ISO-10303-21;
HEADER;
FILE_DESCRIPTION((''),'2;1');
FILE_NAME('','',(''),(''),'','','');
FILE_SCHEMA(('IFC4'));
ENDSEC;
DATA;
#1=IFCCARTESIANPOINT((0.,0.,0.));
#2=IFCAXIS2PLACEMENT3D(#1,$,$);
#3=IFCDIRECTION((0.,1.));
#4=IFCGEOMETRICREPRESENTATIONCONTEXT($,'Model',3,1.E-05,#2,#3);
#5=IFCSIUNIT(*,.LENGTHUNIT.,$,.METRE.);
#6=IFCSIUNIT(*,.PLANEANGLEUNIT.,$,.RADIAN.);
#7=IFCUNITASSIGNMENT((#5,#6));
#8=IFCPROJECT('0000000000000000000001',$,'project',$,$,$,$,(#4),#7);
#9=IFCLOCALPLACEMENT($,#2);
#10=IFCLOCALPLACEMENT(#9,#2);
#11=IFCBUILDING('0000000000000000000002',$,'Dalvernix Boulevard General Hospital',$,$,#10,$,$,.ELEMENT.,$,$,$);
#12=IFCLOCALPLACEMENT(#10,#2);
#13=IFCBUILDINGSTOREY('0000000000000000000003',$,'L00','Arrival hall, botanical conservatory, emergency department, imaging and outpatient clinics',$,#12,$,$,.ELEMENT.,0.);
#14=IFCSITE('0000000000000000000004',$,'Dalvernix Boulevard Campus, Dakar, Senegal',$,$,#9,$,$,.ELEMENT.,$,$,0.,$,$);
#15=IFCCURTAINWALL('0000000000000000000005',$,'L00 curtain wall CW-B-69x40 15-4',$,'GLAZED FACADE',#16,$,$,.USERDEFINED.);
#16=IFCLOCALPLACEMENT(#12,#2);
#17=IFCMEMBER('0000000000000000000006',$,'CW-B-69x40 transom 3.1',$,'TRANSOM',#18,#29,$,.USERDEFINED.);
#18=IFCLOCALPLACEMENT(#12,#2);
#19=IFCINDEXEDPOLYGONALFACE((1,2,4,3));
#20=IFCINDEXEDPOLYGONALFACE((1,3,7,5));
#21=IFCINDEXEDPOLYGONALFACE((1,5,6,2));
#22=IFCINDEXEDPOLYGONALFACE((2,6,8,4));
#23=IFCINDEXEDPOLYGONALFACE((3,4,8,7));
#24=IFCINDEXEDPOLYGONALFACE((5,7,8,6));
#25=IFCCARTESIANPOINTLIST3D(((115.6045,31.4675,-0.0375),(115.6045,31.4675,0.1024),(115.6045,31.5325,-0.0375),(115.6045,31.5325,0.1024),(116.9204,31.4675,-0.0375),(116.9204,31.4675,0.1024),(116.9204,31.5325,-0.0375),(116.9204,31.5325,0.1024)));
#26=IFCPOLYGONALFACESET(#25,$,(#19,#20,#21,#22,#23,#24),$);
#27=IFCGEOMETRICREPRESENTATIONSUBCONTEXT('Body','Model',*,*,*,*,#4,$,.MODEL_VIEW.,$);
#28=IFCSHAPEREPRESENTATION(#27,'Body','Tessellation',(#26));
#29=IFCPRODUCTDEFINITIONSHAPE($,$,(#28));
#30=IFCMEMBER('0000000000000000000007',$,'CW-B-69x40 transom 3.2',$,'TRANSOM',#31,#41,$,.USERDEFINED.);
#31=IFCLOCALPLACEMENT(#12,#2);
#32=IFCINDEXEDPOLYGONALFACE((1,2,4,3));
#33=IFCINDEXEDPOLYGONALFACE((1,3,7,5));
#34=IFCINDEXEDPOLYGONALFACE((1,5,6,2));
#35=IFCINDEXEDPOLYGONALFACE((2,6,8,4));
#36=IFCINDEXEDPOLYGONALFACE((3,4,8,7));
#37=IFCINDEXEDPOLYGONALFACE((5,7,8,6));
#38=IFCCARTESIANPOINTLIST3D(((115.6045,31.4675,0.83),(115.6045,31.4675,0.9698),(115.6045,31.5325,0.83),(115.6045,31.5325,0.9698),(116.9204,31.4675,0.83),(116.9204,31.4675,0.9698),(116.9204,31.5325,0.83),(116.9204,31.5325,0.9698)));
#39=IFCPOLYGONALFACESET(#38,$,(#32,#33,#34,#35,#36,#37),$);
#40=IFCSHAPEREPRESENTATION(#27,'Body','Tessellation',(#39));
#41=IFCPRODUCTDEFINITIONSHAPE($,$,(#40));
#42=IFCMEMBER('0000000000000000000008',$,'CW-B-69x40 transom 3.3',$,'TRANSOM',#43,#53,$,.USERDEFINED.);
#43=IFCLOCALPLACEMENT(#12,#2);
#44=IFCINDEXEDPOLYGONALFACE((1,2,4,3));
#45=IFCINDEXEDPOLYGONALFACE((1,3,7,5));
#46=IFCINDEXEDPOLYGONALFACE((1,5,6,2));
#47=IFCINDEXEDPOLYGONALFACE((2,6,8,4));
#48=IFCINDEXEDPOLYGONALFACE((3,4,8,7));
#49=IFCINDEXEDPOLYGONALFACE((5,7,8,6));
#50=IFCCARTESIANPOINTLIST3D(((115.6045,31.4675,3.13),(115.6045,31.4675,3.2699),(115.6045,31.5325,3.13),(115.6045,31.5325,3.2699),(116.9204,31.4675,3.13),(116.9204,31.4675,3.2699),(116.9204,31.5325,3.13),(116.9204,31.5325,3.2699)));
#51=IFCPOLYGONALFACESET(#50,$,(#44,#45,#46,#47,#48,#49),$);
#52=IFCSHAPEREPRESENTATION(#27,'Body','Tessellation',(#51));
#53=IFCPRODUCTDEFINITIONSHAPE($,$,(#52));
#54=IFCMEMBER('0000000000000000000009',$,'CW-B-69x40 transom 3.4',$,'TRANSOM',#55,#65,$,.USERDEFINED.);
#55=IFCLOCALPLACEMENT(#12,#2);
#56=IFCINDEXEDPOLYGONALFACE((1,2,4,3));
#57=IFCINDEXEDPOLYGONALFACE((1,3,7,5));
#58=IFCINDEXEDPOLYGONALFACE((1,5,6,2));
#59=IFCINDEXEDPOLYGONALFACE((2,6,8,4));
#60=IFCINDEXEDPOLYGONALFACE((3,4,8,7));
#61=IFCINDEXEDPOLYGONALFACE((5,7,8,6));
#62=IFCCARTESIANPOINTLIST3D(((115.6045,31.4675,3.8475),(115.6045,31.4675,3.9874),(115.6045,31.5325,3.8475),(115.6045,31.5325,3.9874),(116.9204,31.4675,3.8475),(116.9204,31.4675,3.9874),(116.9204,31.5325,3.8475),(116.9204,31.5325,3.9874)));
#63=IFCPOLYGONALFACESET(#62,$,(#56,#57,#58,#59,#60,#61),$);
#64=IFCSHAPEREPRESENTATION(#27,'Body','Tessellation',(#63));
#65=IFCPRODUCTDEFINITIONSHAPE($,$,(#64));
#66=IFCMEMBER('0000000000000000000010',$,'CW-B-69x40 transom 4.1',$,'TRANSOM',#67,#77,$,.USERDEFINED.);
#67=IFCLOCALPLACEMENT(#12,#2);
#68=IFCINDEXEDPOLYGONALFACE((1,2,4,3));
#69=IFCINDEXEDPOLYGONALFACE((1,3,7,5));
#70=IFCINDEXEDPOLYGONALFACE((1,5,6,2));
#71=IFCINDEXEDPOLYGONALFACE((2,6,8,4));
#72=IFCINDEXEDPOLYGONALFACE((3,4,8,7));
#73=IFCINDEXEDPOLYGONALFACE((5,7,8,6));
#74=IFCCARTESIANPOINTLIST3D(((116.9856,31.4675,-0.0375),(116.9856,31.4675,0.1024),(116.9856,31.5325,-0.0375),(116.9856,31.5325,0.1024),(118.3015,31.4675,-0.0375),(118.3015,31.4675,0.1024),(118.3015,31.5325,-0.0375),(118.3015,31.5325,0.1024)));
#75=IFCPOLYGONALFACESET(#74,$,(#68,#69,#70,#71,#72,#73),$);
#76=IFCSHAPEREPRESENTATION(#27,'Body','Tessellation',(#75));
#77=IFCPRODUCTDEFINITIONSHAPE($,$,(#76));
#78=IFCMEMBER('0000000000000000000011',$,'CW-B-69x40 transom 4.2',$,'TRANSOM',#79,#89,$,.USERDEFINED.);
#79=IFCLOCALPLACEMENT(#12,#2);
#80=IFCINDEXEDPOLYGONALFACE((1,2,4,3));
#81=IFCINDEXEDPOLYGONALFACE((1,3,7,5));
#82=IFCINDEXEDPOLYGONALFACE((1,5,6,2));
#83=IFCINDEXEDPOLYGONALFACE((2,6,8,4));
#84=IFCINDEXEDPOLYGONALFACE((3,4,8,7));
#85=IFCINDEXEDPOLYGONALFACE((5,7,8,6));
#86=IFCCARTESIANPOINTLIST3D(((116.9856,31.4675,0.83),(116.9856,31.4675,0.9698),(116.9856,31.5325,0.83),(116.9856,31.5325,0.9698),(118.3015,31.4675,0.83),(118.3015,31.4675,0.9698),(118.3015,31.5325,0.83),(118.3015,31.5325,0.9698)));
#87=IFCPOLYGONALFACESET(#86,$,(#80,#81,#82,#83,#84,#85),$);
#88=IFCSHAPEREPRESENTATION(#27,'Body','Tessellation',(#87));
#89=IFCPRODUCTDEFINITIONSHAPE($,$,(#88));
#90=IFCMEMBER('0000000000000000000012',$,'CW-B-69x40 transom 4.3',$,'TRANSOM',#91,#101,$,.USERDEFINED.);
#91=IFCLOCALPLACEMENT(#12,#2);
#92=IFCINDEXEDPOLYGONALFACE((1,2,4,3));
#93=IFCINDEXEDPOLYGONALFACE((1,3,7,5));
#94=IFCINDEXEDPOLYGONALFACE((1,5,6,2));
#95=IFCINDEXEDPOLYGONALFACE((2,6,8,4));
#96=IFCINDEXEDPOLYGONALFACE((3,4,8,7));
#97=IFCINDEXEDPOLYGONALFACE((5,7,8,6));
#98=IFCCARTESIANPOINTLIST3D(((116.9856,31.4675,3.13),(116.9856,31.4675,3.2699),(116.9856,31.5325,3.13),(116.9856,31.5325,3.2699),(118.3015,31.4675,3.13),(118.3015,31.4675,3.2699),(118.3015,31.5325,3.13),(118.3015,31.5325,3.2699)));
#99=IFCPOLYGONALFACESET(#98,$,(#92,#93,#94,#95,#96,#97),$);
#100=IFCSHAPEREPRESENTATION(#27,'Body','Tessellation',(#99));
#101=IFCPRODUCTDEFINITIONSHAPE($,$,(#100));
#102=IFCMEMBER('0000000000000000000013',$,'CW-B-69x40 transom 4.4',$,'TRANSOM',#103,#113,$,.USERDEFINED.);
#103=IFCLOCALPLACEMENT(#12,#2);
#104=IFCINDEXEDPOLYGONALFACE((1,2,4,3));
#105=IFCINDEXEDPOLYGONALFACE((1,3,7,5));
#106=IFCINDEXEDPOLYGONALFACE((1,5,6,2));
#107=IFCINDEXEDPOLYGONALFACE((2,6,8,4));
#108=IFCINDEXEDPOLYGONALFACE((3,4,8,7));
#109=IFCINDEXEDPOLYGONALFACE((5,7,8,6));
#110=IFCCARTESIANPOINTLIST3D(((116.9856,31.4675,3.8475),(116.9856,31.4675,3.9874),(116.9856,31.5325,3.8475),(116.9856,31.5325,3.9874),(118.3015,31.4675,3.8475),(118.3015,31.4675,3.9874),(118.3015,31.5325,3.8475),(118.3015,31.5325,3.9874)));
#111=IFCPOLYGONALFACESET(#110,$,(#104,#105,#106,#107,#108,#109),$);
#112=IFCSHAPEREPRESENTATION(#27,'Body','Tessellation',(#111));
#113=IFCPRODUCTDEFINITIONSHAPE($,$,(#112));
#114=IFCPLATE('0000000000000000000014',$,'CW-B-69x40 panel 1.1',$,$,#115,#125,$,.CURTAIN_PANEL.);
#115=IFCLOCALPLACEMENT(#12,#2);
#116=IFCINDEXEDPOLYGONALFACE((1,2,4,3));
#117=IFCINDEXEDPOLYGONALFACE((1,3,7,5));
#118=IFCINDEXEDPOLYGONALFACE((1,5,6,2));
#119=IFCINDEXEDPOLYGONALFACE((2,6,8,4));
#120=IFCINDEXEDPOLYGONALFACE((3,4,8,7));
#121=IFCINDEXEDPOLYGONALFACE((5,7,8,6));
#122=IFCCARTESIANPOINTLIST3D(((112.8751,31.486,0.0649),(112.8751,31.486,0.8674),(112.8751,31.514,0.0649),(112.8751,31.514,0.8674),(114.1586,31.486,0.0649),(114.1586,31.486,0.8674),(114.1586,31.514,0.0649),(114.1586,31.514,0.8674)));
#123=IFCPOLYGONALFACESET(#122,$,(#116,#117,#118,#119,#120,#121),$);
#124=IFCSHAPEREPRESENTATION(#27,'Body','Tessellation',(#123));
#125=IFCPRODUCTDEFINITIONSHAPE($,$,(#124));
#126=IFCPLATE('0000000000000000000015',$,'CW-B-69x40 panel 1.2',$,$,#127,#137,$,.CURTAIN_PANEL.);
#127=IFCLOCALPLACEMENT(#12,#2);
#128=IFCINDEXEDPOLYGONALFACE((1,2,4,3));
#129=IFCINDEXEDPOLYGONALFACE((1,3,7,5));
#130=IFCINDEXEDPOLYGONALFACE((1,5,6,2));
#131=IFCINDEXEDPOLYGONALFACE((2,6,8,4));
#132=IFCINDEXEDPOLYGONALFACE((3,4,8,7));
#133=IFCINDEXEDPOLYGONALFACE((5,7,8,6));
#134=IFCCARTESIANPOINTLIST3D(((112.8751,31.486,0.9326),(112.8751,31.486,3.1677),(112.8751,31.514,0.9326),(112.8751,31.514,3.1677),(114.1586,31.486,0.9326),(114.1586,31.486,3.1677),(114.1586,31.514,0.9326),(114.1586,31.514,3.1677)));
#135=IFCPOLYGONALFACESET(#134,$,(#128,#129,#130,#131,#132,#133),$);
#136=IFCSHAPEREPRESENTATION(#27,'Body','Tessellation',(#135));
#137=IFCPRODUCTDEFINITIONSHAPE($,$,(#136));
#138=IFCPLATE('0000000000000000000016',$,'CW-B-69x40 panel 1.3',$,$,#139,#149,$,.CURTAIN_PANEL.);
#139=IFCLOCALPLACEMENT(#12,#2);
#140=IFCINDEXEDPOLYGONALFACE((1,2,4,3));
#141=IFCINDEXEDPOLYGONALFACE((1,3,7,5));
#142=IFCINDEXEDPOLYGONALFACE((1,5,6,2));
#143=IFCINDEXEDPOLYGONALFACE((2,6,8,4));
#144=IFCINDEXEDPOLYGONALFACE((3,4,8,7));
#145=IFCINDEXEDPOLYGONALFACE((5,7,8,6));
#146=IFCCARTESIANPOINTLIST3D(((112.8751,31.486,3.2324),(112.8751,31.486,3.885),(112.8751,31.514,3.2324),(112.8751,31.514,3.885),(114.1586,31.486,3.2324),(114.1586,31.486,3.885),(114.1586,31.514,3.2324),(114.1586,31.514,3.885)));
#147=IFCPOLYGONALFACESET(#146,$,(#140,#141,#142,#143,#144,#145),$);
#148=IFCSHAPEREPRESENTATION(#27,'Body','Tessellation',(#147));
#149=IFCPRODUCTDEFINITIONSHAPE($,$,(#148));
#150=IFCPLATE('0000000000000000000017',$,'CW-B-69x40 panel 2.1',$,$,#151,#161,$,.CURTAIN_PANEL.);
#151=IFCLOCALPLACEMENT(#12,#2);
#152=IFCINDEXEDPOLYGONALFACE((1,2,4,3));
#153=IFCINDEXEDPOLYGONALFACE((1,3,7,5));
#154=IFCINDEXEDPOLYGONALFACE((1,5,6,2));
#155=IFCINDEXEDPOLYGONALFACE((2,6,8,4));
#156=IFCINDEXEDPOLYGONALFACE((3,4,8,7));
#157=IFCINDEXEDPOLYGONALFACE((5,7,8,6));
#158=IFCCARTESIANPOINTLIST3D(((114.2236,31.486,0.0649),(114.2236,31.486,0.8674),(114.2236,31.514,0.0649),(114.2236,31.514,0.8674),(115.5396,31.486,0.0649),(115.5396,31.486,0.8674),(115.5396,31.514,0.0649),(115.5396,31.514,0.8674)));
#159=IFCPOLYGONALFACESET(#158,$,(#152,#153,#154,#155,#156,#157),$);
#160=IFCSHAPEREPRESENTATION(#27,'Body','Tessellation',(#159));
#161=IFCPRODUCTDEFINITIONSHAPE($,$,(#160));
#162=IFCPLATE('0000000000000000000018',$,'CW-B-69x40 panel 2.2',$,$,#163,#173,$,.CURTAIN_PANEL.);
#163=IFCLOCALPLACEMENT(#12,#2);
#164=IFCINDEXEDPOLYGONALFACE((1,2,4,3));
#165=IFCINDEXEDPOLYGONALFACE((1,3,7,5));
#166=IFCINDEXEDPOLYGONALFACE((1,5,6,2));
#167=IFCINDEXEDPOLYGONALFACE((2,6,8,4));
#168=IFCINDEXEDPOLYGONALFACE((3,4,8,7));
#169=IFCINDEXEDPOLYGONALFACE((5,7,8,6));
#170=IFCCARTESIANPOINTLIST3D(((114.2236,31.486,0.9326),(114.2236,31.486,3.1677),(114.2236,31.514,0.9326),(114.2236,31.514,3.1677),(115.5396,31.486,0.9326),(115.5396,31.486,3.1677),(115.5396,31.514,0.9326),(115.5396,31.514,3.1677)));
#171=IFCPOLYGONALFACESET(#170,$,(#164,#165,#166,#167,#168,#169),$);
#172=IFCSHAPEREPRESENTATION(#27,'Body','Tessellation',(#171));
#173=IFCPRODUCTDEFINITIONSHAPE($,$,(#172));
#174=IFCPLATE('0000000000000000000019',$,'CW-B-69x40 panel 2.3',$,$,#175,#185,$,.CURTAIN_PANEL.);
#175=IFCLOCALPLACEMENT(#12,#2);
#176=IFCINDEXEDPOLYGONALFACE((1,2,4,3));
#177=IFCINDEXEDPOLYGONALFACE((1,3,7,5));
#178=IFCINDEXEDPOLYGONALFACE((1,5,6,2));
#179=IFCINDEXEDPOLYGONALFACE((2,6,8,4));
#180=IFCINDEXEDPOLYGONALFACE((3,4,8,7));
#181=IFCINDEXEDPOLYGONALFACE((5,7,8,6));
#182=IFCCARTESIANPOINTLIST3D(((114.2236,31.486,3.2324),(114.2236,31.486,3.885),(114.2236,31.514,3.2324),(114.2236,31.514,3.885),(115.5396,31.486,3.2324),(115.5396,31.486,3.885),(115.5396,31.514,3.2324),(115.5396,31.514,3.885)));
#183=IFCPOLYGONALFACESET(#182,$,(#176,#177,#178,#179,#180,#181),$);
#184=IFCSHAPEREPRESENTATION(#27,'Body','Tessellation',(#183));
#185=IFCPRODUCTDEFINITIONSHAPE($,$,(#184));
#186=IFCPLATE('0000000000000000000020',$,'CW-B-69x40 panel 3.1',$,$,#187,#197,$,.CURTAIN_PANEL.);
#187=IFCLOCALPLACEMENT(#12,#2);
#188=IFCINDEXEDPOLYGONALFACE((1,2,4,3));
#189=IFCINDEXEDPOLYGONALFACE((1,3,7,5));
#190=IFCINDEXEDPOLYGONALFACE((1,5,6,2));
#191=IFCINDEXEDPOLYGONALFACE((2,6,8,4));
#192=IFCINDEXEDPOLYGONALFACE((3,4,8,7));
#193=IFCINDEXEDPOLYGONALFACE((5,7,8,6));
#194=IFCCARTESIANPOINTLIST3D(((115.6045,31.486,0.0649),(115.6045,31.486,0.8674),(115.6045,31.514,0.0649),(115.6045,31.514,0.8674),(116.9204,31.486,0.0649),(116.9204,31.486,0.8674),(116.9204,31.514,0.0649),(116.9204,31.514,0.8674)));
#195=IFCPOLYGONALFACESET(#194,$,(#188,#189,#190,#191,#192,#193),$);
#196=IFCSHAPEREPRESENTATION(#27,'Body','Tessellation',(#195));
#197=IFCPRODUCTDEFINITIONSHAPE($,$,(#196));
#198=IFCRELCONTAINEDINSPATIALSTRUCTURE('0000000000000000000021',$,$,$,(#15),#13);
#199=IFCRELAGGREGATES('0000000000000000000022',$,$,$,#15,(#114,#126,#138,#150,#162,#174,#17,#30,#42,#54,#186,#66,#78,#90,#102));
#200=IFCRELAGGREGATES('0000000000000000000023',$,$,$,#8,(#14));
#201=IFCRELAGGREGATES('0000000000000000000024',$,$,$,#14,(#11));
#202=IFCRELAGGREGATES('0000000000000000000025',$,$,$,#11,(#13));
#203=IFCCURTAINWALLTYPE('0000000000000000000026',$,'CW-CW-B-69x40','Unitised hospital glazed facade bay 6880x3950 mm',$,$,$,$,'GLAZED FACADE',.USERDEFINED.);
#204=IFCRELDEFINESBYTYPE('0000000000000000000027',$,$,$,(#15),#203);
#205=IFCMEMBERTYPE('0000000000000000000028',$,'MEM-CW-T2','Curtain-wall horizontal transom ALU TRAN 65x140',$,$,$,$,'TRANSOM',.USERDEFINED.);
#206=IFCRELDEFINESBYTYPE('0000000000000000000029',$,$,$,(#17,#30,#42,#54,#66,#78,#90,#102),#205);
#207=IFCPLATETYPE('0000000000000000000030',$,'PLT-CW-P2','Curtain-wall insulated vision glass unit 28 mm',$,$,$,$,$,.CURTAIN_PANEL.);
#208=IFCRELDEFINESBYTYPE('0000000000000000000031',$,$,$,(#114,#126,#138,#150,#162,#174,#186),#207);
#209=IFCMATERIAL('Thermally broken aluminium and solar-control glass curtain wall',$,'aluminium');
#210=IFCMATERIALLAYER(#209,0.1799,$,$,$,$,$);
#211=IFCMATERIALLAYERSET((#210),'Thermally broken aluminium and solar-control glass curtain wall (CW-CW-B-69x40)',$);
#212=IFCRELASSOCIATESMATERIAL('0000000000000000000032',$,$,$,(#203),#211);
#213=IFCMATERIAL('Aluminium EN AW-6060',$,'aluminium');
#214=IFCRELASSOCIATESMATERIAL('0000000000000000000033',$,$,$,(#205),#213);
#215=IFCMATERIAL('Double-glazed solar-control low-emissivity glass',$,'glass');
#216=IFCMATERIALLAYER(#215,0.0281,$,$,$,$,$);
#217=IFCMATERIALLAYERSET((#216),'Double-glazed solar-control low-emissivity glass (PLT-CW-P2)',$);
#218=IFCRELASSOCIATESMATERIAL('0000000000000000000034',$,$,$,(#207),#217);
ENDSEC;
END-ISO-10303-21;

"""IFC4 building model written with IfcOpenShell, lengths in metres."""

from ifc_helpers import new_model, si_unit, direction, frame, origin, origin_2d, place, context, subcontext, project, spatial, rectangle, extrude, material, layer, layer_set, material_profile, profile_set, type_object, element, aggregate, save


model = new_model("IFC4")

# Units and contexts
model_context = context("Model", 3, precision=1e-05, world=origin(), true_north=direction((0.0, 1.0)))
body_context = subcontext(model_context, "Body", "Model", "MODEL_VIEW")
ifc_project = project(units=[si_unit("LENGTHUNIT", "METRE"), si_unit("PLANEANGLEUNIT", "RADIAN")], contexts=[model_context])

# Site, building, storey
site_placement = place(None, origin())
site = spatial("IfcSite", under=ifc_project, at=site_placement, Name="Dalvernix Boulevard Campus, Dakar, Senegal", CompositionType="ELEMENT", RefElevation=0.0)
building_placement = place(site_placement, origin())
building = spatial("IfcBuilding", under=site, at=building_placement, Name="Dalvernix Boulevard General Hospital", CompositionType="ELEMENT")
storey_placement = place(building_placement, origin())
storey = spatial("IfcBuildingStorey", under=building, at=storey_placement, Name="L00", Description="Arrival hall, botanical conservatory, emergency department, imaging and outpatient clinics", CompositionType="ELEMENT", Elevation=0.0)

# Curtain wall, members, plates
ifc_material_1 = material(Name="Thermally broken aluminium and solar-control glass curtain wall", Category="aluminium")
ifc_layer_1 = layer(ifc_material_1, 0.1799)
ifc_layer_set_1 = layer_set([ifc_layer_1], Name="Thermally broken aluminium and solar-control glass curtain wall (CW-CW-B-69x40)")
curtain_wall_type = type_object("IfcCurtainWallType", Name="CW-CW-B-69x40", Description="Unitised hospital glazed facade bay 6880x3950 mm", ElementType="GLAZED FACADE", PredefinedType="USERDEFINED", material=ifc_layer_set_1)
curtain_wall_placement = place(storey_placement, origin())
curtain_wall = element("IfcCurtainWall", 1, at=curtain_wall_placement, inside=storey, type_object=curtain_wall_type, Name="L00 curtain wall CW-B-69x40 15-4", ObjectType="GLAZED FACADE", PredefinedType="USERDEFINED")
ifc_material_2 = material(Name="Aluminium EN AW-6060", Category="aluminium")
ifc_material_profile_1 = material_profile(ifc_material_2, rectangle(XDim=0.0649, YDim=0.1399, at=origin_2d()), Name="ALU TRAN 65x140")
ifc_profile_set_1 = profile_set([ifc_material_profile_1], Name="Aluminium EN AW-6060")
member_type_1 = type_object("IfcMemberType", Name="MEM-CW-T2", Description="Curtain-wall horizontal transom ALU TRAN 65x140", ElementType="TRANSOM", PredefinedType="USERDEFINED", material=ifc_profile_set_1)
member_1_placement = place(storey_placement, frame((115.6045, 31.5, 0.0325), z_axis=(1.0, 0.0, 0.0), x_axis=(0.0, 1.0, 0.0)))
member_1 = element("IfcMember", 2, at=member_1_placement, type_object=member_type_1, Name="CW-B-69x40 transom 3.1", ObjectType="TRANSOM", PredefinedType="USERDEFINED", context=body_context, shape_type="SweptSolid", body=[
    extrude(rectangle(XDim=0.0649, YDim=0.1399, at=origin_2d()), origin(), (0.0, 0.0, 1.0), 1.3159),
])
member_2_placement = place(storey_placement, frame((115.6045, 31.5, 0.8999), z_axis=(1.0, 0.0, 0.0), x_axis=(0.0, 1.0, 0.0)))
member_2 = element("IfcMember", 3, at=member_2_placement, type_object=member_type_1, Name="CW-B-69x40 transom 3.2", ObjectType="TRANSOM", PredefinedType="USERDEFINED", context=body_context, shape_type="SweptSolid", body=[
    extrude(rectangle(XDim=0.0649, YDim=0.1399, at=origin_2d()), origin(), (0.0, 0.0, 1.0), 1.3159),
])
member_3_placement = place(storey_placement, frame((115.6045, 31.5, 3.2), z_axis=(1.0, 0.0, 0.0), x_axis=(0.0, 1.0, 0.0)))
member_3 = element("IfcMember", 4, at=member_3_placement, type_object=member_type_1, Name="CW-B-69x40 transom 3.3", ObjectType="TRANSOM", PredefinedType="USERDEFINED", context=body_context, shape_type="SweptSolid", body=[
    extrude(rectangle(XDim=0.0649, YDim=0.1399, at=origin_2d()), origin(), (0.0, 0.0, 1.0), 1.3159),
])
member_4_placement = place(storey_placement, frame((115.6045, 31.5, 3.9175), z_axis=(1.0, 0.0, 0.0), x_axis=(0.0, 1.0, 0.0)))
member_4 = element("IfcMember", 5, at=member_4_placement, type_object=member_type_1, Name="CW-B-69x40 transom 3.4", ObjectType="TRANSOM", PredefinedType="USERDEFINED", context=body_context, shape_type="SweptSolid", body=[
    extrude(rectangle(XDim=0.0649, YDim=0.1399, at=origin_2d()), origin(), (0.0, 0.0, 1.0), 1.3159),
])
member_5_placement = place(storey_placement, frame((116.9856, 31.5, 0.0325), z_axis=(1.0, 0.0, 0.0), x_axis=(0.0, 1.0, 0.0)))
member_5 = element("IfcMember", 6, at=member_5_placement, type_object=member_type_1, Name="CW-B-69x40 transom 4.1", ObjectType="TRANSOM", PredefinedType="USERDEFINED", context=body_context, shape_type="SweptSolid", body=[
    extrude(rectangle(XDim=0.0649, YDim=0.1399, at=origin_2d()), origin(), (0.0, 0.0, 1.0), 1.3159),
])
member_6_placement = place(storey_placement, frame((116.9856, 31.5, 0.8999), z_axis=(1.0, 0.0, 0.0), x_axis=(0.0, 1.0, 0.0)))
member_6 = element("IfcMember", 7, at=member_6_placement, type_object=member_type_1, Name="CW-B-69x40 transom 4.2", ObjectType="TRANSOM", PredefinedType="USERDEFINED", context=body_context, shape_type="SweptSolid", body=[
    extrude(rectangle(XDim=0.0649, YDim=0.1399, at=origin_2d()), origin(), (0.0, 0.0, 1.0), 1.3159),
])
member_7_placement = place(storey_placement, frame((116.9856, 31.5, 3.2), z_axis=(1.0, 0.0, 0.0), x_axis=(0.0, 1.0, 0.0)))
member_7 = element("IfcMember", 8, at=member_7_placement, type_object=member_type_1, Name="CW-B-69x40 transom 4.3", ObjectType="TRANSOM", PredefinedType="USERDEFINED", context=body_context, shape_type="SweptSolid", body=[
    extrude(rectangle(XDim=0.0649, YDim=0.1399, at=origin_2d()), origin(), (0.0, 0.0, 1.0), 1.3159),
])
member_8_placement = place(storey_placement, frame((116.9856, 31.5, 3.9175), z_axis=(1.0, 0.0, 0.0), x_axis=(0.0, 1.0, 0.0)))
member_8 = element("IfcMember", 9, at=member_8_placement, type_object=member_type_1, Name="CW-B-69x40 transom 4.4", ObjectType="TRANSOM", PredefinedType="USERDEFINED", context=body_context, shape_type="SweptSolid", body=[
    extrude(rectangle(XDim=0.0649, YDim=0.1399, at=origin_2d()), origin(), (0.0, 0.0, 1.0), 1.3159),
])
ifc_material_3 = material(Name="Double-glazed solar-control low-emissivity glass", Category="glass")
ifc_layer_2 = layer(ifc_material_3, 0.0281)
ifc_layer_set_2 = layer_set([ifc_layer_2], Name="Double-glazed solar-control low-emissivity glass (PLT-CW-P2)")
plate_type = type_object("IfcPlateType", Name="PLT-CW-P2", Description="Curtain-wall insulated vision glass unit 28 mm", PredefinedType="CURTAIN_PANEL", material=ifc_layer_set_2)
plate_1_placement = place(storey_placement, frame((113.5168, 31.5, 0.0649), z_axis=(0.0, 0.0, 1.0), x_axis=(1.0, 0.0, 0.0)))
plate_1 = element("IfcPlate", 10, at=plate_1_placement, type_object=plate_type, Name="CW-B-69x40 panel 1.1", PredefinedType="CURTAIN_PANEL", context=body_context, shape_type="SweptSolid", body=[
    extrude(rectangle(XDim=1.2834, YDim=0.0281, at=origin_2d()), origin(), (0.0, 0.0, 1.0), 0.8025),
])
plate_2_placement = place(storey_placement, frame((113.5168, 31.5, 0.9326), z_axis=(0.0, 0.0, 1.0), x_axis=(1.0, 0.0, 0.0)))
plate_2 = element("IfcPlate", 11, at=plate_2_placement, type_object=plate_type, Name="CW-B-69x40 panel 1.2", PredefinedType="CURTAIN_PANEL", context=body_context, shape_type="SweptSolid", body=[
    extrude(rectangle(XDim=1.2834, YDim=0.0281, at=origin_2d()), origin(), (0.0, 0.0, 1.0), 2.2351),
])
plate_3_placement = place(storey_placement, frame((113.5168, 31.5, 3.2324), z_axis=(0.0, 0.0, 1.0), x_axis=(1.0, 0.0, 0.0)))
plate_3 = element("IfcPlate", 12, at=plate_3_placement, type_object=plate_type, Name="CW-B-69x40 panel 1.3", PredefinedType="CURTAIN_PANEL", context=body_context, shape_type="SweptSolid", body=[
    extrude(rectangle(XDim=1.2834, YDim=0.0281, at=origin_2d()), origin(), (0.0, 0.0, 1.0), 0.6526),
])
plate_4_placement = place(storey_placement, frame((114.8816, 31.5, 0.0649), z_axis=(0.0, 0.0, 1.0), x_axis=(1.0, 0.0, 0.0)))
plate_4 = element("IfcPlate", 13, at=plate_4_placement, type_object=plate_type, Name="CW-B-69x40 panel 2.1", PredefinedType="CURTAIN_PANEL", context=body_context, shape_type="SweptSolid", body=[
    extrude(rectangle(XDim=1.3159, YDim=0.0281, at=origin_2d()), origin(), (0.0, 0.0, 1.0), 0.8025),
])
plate_5_placement = place(storey_placement, frame((114.8816, 31.5, 0.9326), z_axis=(0.0, 0.0, 1.0), x_axis=(1.0, 0.0, 0.0)))
plate_5 = element("IfcPlate", 14, at=plate_5_placement, type_object=plate_type, Name="CW-B-69x40 panel 2.2", PredefinedType="CURTAIN_PANEL", context=body_context, shape_type="SweptSolid", body=[
    extrude(rectangle(XDim=1.3159, YDim=0.0281, at=origin_2d()), origin(), (0.0, 0.0, 1.0), 2.2351),
])
plate_6_placement = place(storey_placement, frame((114.8816, 31.5, 3.2324), z_axis=(0.0, 0.0, 1.0), x_axis=(1.0, 0.0, 0.0)))
plate_6 = element("IfcPlate", 15, at=plate_6_placement, type_object=plate_type, Name="CW-B-69x40 panel 2.3", PredefinedType="CURTAIN_PANEL", context=body_context, shape_type="SweptSolid", body=[
    extrude(rectangle(XDim=1.3159, YDim=0.0281, at=origin_2d()), origin(), (0.0, 0.0, 1.0), 0.6526),
])
plate_7_placement = place(storey_placement, frame((116.2625, 31.5, 0.0649), z_axis=(0.0, 0.0, 1.0), x_axis=(1.0, 0.0, 0.0)))
plate_7 = element("IfcPlate", 16, at=plate_7_placement, type_object=plate_type, Name="CW-B-69x40 panel 3.1", PredefinedType="CURTAIN_PANEL", context=body_context, shape_type="SweptSolid", body=[
    extrude(rectangle(XDim=1.3159, YDim=0.0281, at=origin_2d()), origin(), (0.0, 0.0, 1.0), 0.8025),
])
aggregate(curtain_wall, [plate_1, plate_2, plate_3, plate_4, plate_5, plate_6, member_1, member_2, member_3, member_4, plate_7, member_5, member_6, member_7, member_8])

save(model, "model.ifc")
